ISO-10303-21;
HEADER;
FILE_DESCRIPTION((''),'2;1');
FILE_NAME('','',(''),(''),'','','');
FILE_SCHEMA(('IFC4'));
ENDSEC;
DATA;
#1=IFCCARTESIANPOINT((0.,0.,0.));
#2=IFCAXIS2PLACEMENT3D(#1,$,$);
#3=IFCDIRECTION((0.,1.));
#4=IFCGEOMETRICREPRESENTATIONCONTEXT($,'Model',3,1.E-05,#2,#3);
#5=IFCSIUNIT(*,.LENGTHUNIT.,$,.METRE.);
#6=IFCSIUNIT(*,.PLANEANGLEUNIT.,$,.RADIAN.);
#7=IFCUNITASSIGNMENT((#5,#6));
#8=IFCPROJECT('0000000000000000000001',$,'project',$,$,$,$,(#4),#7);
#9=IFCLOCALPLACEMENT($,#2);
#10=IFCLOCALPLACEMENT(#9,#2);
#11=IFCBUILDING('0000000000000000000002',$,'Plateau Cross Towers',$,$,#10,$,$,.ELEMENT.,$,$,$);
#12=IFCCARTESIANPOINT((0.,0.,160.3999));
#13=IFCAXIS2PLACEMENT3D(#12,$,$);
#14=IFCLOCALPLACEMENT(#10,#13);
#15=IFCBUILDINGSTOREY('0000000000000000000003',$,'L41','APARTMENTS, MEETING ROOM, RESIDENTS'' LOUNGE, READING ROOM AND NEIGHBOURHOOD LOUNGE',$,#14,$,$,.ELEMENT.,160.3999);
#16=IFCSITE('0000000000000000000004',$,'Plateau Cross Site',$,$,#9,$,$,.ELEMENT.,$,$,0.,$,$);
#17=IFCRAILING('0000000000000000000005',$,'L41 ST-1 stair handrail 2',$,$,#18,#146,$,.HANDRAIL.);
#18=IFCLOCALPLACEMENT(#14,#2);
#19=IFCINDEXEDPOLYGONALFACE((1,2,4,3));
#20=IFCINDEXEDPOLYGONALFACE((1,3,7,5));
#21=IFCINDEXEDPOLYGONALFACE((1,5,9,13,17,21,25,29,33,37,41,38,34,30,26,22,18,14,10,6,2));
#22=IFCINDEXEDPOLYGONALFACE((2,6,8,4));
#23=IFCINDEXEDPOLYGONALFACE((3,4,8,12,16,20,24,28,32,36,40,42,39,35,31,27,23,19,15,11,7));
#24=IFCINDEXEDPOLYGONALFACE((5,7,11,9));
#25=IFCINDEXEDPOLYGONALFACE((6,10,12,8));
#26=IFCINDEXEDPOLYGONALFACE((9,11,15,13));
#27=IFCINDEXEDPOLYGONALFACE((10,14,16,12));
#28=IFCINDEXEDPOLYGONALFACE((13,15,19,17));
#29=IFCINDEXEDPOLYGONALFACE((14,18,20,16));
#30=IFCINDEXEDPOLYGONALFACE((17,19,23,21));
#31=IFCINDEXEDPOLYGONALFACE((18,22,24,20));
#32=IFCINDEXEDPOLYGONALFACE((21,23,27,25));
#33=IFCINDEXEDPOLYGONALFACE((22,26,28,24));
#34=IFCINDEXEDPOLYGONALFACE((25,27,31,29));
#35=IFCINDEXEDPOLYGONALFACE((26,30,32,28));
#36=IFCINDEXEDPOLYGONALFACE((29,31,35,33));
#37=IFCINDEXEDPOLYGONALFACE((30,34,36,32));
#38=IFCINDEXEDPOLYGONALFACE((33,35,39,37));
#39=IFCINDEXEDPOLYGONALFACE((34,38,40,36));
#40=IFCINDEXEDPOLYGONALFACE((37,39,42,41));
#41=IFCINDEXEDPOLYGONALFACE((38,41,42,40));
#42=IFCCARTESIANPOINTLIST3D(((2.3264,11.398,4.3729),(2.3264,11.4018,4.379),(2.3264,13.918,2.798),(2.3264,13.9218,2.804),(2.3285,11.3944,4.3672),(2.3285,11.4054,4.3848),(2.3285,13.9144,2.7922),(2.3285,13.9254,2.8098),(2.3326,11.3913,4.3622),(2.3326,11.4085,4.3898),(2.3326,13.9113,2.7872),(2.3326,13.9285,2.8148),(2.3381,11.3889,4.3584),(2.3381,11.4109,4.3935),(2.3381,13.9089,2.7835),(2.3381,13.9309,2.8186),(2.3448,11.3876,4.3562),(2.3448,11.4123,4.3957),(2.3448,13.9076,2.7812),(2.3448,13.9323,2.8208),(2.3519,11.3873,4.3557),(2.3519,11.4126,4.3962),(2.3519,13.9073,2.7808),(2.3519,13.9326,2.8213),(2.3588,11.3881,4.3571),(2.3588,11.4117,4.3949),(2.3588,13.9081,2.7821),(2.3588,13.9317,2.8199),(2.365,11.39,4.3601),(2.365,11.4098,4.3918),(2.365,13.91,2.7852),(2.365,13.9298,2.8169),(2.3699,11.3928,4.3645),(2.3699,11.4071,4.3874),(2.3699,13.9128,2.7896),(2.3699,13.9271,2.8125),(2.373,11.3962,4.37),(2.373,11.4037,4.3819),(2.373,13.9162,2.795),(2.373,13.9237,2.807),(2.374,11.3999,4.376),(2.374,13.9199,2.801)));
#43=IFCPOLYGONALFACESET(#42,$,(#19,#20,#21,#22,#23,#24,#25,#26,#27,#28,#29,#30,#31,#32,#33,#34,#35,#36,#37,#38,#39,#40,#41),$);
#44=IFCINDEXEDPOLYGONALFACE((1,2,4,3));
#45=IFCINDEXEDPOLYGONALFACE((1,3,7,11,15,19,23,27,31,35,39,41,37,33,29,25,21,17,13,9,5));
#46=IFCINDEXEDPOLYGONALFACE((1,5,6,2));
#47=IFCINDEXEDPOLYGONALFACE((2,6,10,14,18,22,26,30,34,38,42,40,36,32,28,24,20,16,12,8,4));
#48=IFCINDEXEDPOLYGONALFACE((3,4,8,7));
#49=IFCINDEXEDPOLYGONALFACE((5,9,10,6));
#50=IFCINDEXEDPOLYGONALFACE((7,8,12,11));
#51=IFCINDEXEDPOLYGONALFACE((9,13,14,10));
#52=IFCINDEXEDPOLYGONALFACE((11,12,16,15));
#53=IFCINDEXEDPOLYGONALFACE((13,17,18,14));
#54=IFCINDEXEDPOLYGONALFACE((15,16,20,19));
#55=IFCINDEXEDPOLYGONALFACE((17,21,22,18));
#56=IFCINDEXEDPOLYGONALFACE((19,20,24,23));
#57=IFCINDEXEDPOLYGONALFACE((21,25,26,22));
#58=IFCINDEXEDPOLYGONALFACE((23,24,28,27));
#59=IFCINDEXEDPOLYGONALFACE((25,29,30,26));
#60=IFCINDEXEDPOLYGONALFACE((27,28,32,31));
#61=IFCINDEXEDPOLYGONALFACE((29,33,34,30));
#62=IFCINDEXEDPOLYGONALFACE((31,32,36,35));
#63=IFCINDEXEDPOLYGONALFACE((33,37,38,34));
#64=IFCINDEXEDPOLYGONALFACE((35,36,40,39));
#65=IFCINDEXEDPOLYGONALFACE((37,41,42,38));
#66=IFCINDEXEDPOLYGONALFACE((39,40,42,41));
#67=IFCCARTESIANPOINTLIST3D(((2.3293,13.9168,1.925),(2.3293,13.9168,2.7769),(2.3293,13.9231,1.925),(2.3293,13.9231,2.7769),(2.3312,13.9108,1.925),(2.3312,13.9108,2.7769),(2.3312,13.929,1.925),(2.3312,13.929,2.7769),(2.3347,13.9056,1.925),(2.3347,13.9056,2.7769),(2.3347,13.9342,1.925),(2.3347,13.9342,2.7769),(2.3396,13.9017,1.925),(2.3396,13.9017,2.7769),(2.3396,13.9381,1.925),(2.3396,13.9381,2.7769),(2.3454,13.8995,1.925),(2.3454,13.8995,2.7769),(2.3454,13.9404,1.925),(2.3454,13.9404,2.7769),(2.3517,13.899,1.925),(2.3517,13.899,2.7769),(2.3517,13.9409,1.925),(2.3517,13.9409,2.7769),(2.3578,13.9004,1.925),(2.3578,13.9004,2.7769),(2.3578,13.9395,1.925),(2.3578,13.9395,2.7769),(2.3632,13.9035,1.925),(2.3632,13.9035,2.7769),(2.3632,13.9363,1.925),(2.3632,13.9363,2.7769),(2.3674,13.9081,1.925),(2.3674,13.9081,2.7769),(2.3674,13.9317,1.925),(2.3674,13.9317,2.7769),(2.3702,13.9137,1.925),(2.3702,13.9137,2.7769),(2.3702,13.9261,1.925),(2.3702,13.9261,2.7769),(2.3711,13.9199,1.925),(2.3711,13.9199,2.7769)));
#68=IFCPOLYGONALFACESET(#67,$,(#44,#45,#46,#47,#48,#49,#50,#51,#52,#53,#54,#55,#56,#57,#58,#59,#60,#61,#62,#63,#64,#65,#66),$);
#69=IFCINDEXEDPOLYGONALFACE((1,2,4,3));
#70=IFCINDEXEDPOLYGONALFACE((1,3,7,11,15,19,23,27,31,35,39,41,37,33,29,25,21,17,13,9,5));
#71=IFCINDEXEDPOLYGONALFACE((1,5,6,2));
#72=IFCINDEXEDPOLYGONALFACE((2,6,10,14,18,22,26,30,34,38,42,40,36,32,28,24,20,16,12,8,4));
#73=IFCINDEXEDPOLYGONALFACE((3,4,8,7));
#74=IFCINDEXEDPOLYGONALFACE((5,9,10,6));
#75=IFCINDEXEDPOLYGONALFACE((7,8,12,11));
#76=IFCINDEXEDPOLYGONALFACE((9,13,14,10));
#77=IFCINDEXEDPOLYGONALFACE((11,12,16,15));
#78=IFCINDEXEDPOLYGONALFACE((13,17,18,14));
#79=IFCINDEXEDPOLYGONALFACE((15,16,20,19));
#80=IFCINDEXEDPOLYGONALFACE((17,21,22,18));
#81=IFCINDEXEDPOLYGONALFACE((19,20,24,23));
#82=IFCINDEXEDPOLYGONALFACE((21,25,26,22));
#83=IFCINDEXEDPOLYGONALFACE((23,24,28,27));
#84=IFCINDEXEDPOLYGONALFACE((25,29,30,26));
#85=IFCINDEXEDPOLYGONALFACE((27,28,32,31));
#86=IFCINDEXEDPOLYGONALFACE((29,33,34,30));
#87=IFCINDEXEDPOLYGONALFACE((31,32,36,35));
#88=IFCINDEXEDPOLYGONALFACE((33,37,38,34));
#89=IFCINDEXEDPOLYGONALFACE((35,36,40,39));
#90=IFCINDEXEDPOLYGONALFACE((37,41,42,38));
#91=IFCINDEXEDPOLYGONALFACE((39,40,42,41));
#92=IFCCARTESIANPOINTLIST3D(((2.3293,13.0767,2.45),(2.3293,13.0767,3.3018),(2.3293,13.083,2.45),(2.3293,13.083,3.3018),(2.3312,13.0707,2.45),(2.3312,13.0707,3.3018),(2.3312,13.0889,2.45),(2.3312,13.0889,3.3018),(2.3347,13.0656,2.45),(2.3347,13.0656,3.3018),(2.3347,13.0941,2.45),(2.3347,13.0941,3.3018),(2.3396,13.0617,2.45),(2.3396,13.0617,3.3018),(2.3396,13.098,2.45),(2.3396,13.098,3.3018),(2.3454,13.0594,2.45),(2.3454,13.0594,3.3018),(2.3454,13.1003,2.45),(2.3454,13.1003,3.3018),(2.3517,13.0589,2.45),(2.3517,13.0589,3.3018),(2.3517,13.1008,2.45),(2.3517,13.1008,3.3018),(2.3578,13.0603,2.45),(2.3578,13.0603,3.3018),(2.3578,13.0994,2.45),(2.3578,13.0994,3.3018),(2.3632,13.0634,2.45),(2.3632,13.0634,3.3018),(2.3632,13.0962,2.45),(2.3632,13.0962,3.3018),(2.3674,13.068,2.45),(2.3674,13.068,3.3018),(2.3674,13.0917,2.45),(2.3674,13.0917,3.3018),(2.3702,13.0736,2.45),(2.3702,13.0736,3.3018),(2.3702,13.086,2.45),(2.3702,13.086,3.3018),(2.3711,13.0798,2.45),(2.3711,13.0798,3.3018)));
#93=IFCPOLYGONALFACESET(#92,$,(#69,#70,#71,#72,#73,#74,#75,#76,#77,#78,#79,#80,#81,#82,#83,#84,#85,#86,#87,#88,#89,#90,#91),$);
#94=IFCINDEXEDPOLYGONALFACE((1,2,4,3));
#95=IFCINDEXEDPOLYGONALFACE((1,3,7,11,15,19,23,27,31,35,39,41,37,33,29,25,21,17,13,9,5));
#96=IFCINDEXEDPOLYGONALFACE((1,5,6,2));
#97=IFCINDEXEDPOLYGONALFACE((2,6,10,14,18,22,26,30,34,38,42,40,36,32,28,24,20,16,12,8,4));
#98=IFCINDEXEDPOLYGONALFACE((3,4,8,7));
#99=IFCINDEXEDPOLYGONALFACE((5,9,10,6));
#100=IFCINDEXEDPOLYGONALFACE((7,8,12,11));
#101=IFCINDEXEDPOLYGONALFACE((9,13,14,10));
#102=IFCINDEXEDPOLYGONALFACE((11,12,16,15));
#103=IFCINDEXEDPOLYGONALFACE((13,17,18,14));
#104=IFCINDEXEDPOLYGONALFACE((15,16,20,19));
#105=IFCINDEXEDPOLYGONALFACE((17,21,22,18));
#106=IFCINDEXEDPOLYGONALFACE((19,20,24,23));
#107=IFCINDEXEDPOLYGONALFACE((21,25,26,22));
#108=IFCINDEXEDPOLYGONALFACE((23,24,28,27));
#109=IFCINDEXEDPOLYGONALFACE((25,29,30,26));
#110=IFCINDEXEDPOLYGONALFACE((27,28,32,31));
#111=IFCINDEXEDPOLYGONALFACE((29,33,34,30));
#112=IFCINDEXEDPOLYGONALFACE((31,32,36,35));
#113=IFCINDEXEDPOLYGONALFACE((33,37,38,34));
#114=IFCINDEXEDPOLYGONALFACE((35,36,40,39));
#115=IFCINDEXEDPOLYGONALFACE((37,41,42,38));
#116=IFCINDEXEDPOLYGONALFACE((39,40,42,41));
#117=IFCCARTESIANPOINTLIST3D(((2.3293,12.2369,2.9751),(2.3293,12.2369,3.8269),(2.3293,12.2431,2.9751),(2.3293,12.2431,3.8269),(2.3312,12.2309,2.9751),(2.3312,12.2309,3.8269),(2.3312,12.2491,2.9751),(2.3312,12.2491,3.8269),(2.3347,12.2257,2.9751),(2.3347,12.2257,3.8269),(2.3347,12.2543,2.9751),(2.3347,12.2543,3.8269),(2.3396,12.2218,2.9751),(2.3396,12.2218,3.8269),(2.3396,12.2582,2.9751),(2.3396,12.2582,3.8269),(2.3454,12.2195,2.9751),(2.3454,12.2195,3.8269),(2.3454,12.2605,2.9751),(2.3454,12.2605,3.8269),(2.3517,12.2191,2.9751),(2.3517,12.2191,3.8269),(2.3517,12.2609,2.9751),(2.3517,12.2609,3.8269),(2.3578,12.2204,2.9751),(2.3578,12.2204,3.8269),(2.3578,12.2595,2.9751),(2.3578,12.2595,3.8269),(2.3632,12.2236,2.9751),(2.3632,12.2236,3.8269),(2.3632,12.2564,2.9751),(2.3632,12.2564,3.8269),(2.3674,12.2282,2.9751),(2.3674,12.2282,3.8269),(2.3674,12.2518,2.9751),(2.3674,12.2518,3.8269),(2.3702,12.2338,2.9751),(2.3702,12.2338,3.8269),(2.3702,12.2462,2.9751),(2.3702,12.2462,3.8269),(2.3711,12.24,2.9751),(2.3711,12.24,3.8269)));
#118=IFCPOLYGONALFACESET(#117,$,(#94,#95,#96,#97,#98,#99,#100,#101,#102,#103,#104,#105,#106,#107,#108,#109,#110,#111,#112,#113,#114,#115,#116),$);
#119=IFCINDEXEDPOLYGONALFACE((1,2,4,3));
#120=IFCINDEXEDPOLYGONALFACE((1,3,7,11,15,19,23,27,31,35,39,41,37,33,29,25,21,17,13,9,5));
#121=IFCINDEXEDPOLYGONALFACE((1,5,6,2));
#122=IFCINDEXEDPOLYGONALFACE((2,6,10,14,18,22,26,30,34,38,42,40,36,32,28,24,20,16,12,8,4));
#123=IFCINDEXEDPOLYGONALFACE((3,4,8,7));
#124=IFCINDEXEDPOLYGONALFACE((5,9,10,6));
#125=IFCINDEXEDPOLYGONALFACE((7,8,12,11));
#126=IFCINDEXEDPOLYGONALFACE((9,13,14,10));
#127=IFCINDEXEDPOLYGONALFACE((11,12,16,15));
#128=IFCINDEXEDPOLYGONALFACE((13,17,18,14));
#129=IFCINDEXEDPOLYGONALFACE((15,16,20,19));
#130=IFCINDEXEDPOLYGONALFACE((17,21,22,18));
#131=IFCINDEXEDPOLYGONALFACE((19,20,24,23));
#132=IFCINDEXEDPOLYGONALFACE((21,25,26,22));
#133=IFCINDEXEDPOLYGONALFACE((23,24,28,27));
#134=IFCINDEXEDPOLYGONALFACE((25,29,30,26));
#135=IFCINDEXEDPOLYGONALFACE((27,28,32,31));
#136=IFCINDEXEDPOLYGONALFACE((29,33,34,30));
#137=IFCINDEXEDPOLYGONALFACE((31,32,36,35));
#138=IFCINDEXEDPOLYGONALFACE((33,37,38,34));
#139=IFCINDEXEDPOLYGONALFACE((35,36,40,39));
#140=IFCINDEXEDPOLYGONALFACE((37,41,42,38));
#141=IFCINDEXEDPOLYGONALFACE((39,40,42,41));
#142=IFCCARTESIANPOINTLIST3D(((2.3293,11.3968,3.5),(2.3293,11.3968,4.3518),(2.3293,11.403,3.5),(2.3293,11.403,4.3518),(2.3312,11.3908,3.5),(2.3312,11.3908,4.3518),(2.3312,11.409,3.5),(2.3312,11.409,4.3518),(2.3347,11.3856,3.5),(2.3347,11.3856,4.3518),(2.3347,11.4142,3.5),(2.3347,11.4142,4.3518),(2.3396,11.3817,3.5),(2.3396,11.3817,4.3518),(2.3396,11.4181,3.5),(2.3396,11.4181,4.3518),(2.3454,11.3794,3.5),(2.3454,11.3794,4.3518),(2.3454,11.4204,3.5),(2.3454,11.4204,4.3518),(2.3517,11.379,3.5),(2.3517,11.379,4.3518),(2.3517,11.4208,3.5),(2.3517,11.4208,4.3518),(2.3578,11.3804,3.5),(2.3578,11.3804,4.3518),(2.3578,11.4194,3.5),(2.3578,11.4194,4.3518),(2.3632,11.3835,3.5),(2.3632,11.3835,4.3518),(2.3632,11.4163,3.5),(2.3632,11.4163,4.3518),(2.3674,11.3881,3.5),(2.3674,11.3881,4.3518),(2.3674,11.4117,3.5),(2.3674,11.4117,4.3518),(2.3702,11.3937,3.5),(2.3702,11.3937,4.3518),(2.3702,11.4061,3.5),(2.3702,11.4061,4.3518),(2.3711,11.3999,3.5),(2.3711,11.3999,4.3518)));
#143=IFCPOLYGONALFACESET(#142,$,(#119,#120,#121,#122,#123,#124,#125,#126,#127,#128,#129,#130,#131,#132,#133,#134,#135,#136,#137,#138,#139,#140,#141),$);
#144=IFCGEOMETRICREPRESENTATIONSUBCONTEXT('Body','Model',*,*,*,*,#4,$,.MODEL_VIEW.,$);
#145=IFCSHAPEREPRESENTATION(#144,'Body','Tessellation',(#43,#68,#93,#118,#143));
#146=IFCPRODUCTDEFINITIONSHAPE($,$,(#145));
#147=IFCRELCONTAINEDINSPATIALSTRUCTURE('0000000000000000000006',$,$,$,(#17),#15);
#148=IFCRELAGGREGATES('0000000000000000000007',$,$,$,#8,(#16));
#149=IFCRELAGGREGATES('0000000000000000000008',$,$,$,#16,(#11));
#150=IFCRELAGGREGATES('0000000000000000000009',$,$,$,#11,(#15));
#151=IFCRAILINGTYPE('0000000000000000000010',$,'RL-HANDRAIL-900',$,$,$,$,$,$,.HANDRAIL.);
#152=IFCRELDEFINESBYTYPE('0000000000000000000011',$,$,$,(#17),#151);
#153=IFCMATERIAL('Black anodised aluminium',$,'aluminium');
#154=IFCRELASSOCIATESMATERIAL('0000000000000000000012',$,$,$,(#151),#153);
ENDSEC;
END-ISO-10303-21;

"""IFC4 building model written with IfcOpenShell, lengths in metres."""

from ifc_helpers import new_model, si_unit, direction, frame, origin, origin_2d, place, context, subcontext, project, spatial, circle, extrude, material, type_object, element, save


model = new_model("IFC4")

# Units and contexts
model_context = context("Model", 3, precision=1e-05, world=origin(), true_north=direction((0.0, 1.0)))
body_context = subcontext(model_context, "Body", "Model", "MODEL_VIEW")
ifc_project = project(units=[si_unit("LENGTHUNIT", "METRE"), si_unit("PLANEANGLEUNIT", "RADIAN")], contexts=[model_context])

# Site, building, storey
site_placement = place(None, origin())
site = spatial("IfcSite", under=ifc_project, at=site_placement, Name="Plateau Cross Site", CompositionType="ELEMENT", RefElevation=0.0)
building_placement = place(site_placement, origin())
building = spatial("IfcBuilding", under=site, at=building_placement, Name="Plateau Cross Towers", CompositionType="ELEMENT")
storey_placement = place(building_placement, frame((0.0, 0.0, 160.3999)))
storey = spatial("IfcBuildingStorey", under=building, at=storey_placement, Name="L41", Description="APARTMENTS, MEETING ROOM, RESIDENTS' LOUNGE, READING ROOM AND NEIGHBOURHOOD LOUNGE", CompositionType="ELEMENT", Elevation=160.3999)

# Shared definitions
ifc_material_1 = material(Name="Black anodised aluminium", Category="aluminium")

# Railing
railing_type_1 = type_object("IfcRailingType", Name="RL-HANDRAIL-900", PredefinedType="HANDRAIL", material=ifc_material_1)
railing_1_placement = place(storey_placement, frame((2.3501, 13.9199, 1.925)))
element("IfcRailing", 1, at=railing_1_placement, inside=storey, type_object=railing_type_1, Name="L41 ST-1 stair handrail 2", PredefinedType="HANDRAIL", context=body_context, shape_type="SweptSolid", body=[
    extrude(circle(Radius=0.0239, at=origin_2d()), frame((0.0, 0.0, 0.876), z_axis=(0.0, -0.848008, 0.529984), x_axis=(1.0, 0.0, 0.0)), (0.0, 0.0, 1.0), 2.9717),
    extrude(circle(Radius=0.021, at=origin_2d()), origin(), (0.0, 0.0, 1.0), 0.8518),
    extrude(circle(Radius=0.021, at=origin_2d()), frame((0.0, -0.8401, 0.5249)), (0.0, 0.0, 1.0), 0.8518),
    extrude(circle(Radius=0.021, at=origin_2d()), frame((0.0, -1.6799, 1.05)), (0.0, 0.0, 1.0), 0.8518),
    extrude(circle(Radius=0.021, at=origin_2d()), frame((0.0, -2.52, 1.575)), (0.0, 0.0, 1.0), 0.8518),
])

save(model, "model.ifc")
